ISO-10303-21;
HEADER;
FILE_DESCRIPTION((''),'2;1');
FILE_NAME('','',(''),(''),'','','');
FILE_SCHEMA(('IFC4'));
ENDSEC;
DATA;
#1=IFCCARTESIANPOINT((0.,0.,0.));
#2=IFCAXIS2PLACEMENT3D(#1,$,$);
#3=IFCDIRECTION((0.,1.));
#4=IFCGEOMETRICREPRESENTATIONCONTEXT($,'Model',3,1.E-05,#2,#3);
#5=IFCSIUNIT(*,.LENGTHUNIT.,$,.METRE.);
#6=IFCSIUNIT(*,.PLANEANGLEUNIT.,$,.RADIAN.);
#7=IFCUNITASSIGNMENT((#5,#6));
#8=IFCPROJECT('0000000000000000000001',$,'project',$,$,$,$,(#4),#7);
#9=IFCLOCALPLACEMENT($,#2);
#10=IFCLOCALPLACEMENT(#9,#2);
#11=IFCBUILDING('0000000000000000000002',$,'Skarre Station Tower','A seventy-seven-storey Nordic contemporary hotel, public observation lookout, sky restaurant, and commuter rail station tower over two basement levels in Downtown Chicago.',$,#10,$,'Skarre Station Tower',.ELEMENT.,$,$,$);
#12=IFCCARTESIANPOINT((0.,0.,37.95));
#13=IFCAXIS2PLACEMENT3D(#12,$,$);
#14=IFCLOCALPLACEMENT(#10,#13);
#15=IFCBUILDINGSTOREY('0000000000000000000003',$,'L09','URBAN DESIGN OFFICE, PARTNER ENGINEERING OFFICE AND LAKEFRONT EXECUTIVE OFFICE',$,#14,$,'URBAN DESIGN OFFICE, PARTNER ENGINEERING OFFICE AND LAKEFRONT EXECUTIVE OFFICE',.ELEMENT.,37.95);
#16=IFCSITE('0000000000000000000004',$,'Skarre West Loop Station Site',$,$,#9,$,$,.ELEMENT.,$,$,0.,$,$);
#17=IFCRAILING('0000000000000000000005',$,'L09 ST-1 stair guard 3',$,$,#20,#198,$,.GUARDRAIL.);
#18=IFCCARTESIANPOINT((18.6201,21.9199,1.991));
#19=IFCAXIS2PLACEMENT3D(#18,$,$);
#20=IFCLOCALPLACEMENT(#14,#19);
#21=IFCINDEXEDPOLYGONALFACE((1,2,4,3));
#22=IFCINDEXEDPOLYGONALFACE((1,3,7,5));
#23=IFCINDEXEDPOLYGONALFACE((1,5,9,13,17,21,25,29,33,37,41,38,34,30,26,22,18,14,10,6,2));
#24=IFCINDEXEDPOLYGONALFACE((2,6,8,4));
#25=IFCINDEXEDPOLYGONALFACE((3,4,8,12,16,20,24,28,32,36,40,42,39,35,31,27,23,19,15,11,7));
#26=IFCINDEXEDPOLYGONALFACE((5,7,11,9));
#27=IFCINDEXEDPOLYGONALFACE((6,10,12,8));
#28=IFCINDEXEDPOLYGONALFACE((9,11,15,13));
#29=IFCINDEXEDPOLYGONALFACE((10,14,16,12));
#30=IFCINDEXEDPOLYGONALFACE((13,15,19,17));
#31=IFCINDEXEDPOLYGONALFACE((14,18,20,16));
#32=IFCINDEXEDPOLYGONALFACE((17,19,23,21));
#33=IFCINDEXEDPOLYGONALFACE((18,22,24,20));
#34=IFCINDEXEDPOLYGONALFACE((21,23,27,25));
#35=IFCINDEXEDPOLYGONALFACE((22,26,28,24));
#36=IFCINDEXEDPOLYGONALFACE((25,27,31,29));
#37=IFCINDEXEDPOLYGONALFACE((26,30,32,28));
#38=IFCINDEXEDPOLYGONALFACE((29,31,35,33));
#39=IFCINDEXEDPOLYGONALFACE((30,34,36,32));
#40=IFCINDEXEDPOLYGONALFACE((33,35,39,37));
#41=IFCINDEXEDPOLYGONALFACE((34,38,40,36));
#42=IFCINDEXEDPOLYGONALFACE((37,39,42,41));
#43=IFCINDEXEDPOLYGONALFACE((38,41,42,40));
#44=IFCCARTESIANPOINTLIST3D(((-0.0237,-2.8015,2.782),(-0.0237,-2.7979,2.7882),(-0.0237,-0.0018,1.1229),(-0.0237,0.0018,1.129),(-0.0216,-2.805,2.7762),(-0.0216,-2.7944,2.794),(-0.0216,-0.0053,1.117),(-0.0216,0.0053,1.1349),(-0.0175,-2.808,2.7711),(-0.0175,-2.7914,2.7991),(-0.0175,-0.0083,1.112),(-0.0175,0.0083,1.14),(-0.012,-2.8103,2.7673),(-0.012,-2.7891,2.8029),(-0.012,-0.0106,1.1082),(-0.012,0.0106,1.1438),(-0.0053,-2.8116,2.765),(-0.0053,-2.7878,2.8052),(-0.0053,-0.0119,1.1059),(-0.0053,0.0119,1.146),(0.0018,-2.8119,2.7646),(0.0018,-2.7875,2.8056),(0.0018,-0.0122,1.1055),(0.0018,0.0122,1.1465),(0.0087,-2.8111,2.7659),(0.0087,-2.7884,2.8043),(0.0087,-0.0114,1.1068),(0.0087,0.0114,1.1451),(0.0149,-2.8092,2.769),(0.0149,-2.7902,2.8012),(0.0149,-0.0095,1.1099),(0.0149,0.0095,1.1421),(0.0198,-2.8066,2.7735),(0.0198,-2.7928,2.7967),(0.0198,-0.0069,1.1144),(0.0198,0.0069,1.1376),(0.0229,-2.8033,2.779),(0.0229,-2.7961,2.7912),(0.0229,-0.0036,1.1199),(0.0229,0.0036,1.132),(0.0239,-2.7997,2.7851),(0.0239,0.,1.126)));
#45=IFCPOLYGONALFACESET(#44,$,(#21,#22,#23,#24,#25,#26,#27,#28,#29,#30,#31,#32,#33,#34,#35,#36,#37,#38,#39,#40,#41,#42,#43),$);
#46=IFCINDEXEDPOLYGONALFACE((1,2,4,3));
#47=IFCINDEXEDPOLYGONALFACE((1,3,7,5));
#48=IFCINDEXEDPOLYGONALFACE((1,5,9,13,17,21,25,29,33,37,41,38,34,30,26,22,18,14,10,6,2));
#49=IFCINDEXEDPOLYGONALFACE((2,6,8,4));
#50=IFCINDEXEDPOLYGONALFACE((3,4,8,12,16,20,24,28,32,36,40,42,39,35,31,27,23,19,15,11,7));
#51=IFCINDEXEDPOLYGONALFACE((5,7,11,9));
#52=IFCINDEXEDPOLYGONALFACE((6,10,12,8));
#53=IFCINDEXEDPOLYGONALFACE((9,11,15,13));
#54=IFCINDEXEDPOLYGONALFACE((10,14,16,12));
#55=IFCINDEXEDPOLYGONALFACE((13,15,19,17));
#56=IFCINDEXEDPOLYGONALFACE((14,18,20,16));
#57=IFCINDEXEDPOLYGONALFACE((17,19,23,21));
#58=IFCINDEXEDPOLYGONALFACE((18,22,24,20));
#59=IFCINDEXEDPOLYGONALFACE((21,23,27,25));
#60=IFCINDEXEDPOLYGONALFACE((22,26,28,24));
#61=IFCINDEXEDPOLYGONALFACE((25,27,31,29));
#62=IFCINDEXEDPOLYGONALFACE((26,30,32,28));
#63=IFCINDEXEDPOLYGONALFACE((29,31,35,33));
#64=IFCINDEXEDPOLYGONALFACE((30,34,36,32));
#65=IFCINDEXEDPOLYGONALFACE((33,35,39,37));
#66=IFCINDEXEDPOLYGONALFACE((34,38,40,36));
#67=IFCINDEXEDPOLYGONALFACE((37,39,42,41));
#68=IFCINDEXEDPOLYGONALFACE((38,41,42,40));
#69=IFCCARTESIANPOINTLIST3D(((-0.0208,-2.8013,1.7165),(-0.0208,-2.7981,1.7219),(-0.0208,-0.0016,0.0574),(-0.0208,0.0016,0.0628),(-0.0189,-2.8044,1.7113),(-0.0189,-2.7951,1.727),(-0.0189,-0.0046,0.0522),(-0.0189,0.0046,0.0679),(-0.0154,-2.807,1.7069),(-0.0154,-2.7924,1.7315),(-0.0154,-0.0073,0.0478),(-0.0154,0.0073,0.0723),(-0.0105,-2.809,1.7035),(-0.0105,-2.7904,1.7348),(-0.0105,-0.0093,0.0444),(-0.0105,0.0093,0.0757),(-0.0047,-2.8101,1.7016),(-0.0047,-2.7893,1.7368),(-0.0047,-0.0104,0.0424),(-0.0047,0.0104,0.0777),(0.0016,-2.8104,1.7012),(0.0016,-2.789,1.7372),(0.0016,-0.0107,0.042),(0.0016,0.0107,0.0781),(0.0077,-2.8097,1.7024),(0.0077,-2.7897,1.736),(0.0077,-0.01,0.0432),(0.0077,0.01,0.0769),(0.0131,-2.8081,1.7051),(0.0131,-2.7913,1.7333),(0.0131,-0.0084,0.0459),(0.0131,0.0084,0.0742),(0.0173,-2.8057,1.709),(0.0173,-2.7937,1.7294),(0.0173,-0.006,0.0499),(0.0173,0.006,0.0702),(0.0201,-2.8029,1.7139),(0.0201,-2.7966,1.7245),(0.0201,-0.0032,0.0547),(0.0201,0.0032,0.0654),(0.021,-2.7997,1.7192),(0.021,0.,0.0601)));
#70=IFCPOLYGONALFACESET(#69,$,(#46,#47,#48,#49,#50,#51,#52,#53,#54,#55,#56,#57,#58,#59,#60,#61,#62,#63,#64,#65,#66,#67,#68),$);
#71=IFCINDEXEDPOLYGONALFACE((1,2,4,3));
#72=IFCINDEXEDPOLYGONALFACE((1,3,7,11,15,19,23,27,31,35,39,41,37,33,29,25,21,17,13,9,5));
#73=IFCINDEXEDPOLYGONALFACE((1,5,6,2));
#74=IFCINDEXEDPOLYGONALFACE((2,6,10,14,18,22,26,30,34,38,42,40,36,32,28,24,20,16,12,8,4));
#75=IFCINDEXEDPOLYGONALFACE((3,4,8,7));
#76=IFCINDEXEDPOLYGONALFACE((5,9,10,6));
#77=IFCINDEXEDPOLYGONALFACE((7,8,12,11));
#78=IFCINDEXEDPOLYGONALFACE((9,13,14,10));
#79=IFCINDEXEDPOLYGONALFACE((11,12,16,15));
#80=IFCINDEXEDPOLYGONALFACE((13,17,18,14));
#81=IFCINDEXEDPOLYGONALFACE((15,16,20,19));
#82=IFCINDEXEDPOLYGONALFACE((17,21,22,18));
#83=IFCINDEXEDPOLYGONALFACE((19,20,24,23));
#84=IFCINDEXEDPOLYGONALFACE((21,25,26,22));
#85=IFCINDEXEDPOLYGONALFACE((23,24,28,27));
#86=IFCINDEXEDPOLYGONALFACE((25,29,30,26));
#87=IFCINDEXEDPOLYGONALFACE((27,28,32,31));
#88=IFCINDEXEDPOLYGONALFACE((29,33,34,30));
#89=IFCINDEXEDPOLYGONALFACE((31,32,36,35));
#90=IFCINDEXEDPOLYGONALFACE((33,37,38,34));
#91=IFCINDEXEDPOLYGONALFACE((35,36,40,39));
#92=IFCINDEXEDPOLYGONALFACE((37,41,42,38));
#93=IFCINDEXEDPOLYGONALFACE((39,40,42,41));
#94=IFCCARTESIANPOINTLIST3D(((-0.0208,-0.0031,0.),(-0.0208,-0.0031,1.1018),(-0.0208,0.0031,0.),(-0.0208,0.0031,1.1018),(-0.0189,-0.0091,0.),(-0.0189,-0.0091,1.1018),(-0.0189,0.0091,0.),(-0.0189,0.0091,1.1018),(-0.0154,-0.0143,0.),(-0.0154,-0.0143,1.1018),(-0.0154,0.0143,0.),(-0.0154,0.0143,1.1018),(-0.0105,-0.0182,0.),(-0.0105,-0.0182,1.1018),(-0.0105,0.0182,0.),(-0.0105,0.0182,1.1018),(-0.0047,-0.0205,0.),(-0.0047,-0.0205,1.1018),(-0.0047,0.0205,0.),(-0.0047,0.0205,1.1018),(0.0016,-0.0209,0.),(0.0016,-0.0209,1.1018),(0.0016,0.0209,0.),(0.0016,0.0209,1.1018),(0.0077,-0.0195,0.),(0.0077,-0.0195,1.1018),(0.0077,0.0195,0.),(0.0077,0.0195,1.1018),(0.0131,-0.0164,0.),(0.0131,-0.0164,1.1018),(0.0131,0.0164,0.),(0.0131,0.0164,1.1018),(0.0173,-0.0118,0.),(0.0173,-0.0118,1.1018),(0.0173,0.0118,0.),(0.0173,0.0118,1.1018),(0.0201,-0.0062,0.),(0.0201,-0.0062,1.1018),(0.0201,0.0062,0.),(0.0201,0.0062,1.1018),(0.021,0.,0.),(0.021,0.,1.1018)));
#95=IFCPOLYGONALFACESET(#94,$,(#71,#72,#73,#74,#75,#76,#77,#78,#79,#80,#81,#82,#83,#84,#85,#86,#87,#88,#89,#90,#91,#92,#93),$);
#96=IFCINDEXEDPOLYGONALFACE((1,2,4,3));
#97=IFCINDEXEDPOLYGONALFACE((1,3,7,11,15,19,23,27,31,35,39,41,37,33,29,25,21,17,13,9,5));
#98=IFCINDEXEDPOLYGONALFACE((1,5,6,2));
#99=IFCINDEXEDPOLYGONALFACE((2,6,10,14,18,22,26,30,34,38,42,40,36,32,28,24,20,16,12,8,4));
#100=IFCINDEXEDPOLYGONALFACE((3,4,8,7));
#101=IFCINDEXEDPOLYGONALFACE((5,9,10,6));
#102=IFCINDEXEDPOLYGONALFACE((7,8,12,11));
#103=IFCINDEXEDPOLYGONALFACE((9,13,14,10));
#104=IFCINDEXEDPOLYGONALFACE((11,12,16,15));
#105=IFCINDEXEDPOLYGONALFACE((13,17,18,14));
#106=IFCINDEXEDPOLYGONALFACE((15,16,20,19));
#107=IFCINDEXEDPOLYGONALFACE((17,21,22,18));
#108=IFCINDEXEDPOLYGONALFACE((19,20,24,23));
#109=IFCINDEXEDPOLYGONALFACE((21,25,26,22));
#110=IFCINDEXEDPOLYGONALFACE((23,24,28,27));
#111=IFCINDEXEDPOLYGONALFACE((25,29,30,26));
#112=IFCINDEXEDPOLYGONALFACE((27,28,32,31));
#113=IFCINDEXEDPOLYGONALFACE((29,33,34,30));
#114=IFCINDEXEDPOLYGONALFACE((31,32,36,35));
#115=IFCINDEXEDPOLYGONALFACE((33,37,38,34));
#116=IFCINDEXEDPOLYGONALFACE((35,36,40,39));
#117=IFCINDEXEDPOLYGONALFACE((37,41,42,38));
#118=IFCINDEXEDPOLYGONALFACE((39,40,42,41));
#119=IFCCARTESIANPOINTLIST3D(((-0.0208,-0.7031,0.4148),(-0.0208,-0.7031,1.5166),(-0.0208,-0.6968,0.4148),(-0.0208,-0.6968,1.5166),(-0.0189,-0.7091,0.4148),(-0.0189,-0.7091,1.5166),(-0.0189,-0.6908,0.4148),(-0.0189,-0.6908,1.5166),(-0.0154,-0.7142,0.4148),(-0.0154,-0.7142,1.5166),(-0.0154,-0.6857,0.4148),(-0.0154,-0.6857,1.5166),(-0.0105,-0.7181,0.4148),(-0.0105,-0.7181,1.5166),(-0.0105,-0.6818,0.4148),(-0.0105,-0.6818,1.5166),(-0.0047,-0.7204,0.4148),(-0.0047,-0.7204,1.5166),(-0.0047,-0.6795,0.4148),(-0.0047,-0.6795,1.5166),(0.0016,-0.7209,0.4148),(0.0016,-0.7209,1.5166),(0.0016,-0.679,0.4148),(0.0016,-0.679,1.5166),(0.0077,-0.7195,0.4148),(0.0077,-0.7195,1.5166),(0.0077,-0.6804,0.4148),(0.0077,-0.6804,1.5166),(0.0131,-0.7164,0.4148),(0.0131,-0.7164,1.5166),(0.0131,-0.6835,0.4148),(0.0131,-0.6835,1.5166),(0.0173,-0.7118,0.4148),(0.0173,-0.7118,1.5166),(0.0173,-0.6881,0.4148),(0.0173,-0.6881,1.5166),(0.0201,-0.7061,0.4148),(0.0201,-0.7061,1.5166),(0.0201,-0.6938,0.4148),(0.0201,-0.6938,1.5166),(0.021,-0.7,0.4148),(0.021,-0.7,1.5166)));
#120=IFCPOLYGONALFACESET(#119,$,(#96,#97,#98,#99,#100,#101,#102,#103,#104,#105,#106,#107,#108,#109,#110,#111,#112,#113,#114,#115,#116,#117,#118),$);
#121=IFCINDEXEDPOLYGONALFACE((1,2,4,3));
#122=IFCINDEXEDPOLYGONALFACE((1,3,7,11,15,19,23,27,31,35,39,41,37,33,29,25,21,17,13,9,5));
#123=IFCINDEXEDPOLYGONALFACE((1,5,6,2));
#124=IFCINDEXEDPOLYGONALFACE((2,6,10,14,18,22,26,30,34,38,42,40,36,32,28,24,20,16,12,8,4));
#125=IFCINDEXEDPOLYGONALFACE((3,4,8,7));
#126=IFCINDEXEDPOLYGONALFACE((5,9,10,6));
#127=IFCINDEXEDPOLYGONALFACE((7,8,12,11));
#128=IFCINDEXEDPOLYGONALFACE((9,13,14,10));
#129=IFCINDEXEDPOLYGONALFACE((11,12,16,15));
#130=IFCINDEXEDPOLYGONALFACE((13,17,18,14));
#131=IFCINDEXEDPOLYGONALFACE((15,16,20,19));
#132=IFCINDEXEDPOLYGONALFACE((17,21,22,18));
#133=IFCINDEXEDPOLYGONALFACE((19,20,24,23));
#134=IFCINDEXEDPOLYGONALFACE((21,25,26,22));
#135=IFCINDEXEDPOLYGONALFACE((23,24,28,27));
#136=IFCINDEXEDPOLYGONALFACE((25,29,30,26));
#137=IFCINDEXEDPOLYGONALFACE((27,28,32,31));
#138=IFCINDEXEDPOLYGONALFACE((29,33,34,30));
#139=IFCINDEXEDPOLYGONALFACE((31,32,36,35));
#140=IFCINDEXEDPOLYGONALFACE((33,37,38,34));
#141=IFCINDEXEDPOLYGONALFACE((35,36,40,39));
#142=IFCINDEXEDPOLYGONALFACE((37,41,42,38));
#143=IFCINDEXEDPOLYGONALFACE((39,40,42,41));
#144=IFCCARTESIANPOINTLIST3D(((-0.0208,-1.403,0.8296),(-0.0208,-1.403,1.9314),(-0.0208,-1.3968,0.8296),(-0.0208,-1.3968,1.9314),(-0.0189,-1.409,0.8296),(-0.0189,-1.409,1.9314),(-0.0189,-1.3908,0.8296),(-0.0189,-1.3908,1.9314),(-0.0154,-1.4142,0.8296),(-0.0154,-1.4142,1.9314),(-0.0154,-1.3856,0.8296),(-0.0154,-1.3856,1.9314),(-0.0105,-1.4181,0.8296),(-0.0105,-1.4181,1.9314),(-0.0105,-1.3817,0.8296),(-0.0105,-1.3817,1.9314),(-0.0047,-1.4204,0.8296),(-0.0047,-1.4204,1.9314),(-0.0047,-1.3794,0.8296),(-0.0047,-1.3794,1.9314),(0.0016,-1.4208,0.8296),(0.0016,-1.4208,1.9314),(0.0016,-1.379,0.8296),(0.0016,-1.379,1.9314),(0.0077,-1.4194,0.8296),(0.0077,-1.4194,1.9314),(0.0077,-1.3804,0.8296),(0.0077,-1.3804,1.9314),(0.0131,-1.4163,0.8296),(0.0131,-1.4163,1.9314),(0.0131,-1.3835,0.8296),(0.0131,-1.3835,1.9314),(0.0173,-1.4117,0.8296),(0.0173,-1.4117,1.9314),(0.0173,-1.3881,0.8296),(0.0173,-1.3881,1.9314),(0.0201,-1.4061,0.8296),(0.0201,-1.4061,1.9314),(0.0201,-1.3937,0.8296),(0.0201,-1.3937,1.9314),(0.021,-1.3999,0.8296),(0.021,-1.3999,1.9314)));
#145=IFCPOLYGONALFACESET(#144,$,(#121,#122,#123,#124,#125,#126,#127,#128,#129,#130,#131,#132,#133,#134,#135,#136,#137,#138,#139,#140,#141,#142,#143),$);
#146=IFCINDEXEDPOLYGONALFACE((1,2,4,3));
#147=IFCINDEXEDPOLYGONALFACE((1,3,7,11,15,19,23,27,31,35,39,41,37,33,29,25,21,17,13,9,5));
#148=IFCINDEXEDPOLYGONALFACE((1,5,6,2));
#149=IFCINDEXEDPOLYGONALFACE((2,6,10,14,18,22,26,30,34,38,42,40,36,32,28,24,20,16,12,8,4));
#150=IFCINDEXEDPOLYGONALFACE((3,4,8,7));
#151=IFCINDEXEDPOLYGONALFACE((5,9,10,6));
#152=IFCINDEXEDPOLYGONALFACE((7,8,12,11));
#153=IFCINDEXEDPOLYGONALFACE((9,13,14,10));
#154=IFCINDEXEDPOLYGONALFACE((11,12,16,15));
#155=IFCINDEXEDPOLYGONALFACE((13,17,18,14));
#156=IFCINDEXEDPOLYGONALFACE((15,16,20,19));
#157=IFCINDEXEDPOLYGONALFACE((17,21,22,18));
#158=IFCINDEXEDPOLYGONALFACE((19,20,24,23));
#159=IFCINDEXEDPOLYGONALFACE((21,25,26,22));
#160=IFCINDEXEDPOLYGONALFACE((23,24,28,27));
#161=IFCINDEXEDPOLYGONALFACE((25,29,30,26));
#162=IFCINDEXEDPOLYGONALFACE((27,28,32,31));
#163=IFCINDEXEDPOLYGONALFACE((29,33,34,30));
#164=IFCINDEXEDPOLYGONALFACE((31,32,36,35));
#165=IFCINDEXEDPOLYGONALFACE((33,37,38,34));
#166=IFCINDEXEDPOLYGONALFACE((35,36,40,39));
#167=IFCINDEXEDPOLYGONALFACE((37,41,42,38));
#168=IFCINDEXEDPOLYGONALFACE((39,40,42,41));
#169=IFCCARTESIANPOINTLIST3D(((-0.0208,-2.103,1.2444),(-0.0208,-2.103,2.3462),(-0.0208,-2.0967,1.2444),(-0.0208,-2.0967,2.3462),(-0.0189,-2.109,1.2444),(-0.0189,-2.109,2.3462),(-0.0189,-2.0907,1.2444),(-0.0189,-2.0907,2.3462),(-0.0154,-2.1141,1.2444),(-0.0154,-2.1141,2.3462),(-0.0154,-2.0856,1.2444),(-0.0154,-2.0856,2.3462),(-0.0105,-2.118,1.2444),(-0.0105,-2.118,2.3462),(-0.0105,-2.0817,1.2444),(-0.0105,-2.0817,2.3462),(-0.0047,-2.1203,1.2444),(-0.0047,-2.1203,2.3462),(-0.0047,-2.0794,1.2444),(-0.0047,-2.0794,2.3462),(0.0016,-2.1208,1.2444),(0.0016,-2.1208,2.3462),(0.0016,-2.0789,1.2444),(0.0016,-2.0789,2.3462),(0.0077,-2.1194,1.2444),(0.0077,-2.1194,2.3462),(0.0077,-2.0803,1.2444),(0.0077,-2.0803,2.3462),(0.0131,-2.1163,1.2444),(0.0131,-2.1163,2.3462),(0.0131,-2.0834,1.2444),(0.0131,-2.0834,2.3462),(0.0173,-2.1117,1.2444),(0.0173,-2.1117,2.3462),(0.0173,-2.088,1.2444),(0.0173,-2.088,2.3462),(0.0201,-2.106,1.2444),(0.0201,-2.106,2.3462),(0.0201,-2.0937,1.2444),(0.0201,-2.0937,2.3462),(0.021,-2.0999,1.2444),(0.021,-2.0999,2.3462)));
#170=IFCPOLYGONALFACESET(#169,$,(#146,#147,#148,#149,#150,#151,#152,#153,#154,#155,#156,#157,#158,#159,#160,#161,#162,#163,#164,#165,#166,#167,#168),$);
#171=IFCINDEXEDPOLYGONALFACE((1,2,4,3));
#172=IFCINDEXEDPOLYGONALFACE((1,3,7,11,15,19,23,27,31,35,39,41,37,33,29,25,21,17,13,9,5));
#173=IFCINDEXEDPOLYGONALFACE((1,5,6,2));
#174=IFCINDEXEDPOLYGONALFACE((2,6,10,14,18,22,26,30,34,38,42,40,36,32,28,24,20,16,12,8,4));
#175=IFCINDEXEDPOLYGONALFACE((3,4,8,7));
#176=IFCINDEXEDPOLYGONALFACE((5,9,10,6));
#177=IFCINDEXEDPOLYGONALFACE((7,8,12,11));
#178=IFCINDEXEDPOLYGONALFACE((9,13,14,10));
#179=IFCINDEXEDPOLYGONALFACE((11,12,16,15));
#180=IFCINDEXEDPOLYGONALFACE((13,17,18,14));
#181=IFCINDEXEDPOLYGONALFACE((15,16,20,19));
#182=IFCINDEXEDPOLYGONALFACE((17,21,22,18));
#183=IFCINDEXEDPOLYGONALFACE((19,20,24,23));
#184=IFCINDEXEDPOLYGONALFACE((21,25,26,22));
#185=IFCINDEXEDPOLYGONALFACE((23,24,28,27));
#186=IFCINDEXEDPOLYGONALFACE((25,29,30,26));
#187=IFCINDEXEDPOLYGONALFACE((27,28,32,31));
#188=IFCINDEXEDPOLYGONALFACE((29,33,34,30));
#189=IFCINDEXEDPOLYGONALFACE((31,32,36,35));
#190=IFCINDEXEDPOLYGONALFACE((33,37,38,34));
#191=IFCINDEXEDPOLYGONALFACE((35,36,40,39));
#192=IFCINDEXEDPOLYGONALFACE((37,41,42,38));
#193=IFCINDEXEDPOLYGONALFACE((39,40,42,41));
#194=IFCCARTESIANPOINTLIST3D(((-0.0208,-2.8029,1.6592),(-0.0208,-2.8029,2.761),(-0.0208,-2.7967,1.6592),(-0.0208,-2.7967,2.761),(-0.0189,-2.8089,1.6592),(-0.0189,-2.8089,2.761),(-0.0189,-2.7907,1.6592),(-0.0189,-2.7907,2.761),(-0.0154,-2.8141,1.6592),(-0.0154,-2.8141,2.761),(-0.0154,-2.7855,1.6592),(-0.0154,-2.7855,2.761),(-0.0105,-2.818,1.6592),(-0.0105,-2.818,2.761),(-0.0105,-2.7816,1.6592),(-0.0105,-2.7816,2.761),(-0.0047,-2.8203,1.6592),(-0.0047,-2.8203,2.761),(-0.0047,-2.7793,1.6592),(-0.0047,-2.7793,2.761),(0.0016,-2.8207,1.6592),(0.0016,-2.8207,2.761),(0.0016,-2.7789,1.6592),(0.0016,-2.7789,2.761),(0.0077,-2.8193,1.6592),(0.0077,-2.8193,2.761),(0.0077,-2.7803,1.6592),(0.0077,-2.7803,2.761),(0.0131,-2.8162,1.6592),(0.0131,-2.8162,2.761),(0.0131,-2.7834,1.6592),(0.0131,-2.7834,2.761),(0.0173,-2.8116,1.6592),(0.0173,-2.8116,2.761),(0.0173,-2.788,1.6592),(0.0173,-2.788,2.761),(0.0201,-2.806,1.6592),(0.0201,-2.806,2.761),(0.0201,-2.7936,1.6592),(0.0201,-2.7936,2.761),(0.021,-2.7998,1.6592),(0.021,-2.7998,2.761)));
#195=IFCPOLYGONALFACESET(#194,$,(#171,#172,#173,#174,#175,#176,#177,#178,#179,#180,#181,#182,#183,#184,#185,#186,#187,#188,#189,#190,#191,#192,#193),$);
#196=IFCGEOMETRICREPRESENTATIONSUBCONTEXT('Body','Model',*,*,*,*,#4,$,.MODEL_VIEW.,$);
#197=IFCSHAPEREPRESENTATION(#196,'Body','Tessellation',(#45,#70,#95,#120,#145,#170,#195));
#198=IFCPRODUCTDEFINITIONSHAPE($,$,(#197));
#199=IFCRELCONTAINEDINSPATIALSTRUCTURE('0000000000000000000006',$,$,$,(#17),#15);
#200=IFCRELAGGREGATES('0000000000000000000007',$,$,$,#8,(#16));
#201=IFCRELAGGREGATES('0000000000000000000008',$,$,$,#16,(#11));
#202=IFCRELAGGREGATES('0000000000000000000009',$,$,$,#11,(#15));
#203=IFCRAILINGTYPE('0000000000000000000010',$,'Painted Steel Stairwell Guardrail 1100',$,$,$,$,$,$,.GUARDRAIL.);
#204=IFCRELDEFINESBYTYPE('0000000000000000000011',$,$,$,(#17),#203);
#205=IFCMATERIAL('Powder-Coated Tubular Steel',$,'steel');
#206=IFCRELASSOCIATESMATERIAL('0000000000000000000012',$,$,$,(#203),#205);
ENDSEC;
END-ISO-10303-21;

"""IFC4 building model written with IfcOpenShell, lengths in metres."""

from ifc_helpers import new_model, si_unit, direction, frame, origin, origin_2d, place, context, subcontext, project, spatial, circle, extrude, material, type_object, element, save


model = new_model("IFC4")

# Units and contexts
model_context = context("Model", 3, precision=1e-05, world=origin(), true_north=direction((0.0, 1.0)))
body_context = subcontext(model_context, "Body", "Model", "MODEL_VIEW")
ifc_project = project(units=[si_unit("LENGTHUNIT", "METRE"), si_unit("PLANEANGLEUNIT", "RADIAN")], contexts=[model_context])

# Site, building, storey
site_placement = place(None, origin())
site = spatial("IfcSite", under=ifc_project, at=site_placement, Name="Skarre West Loop Station Site", CompositionType="ELEMENT", RefElevation=0.0)
building_placement = place(site_placement, origin())
building = spatial("IfcBuilding", under=site, at=building_placement, Name="Skarre Station Tower", Description="A seventy-seven-storey Nordic contemporary hotel, public observation lookout, sky restaurant, and commuter rail station tower over two basement levels in Downtown Chicago.", LongName="Skarre Station Tower", CompositionType="ELEMENT")
storey_placement = place(building_placement, frame((0.0, 0.0, 37.95)))
storey = spatial("IfcBuildingStorey", under=building, at=storey_placement, Name="L09", Description="URBAN DESIGN OFFICE, PARTNER ENGINEERING OFFICE AND LAKEFRONT EXECUTIVE OFFICE", LongName="URBAN DESIGN OFFICE, PARTNER ENGINEERING OFFICE AND LAKEFRONT EXECUTIVE OFFICE", CompositionType="ELEMENT", Elevation=37.95)

# Railing
ifc_material_1 = material(Name="Powder-Coated Tubular Steel", Category="steel")
railing_type_1 = type_object("IfcRailingType", Name="Painted Steel Stairwell Guardrail 1100", PredefinedType="GUARDRAIL", material=ifc_material_1)
railing_1_placement = place(storey_placement, frame((18.6201, 21.9199, 1.991)))
element("IfcRailing", 1, at=railing_1_placement, inside=storey, type_object=railing_type_1, Name="L09 ST-1 stair guard 3", PredefinedType="GUARDRAIL", context=body_context, shape_type="SweptSolid", body=[
    extrude(circle(Radius=0.0239, at=origin_2d()), frame((0.0, 0.0, 1.126), z_axis=(0.0, -0.860287, 0.509811), x_axis=(1.0, 0.0, 0.0)), (0.0, 0.0, 1.0), 3.2544),
    extrude(circle(Radius=0.021, at=origin_2d()), frame((0.0, 0.0, 0.0601), z_axis=(0.0, -0.860287, 0.509811), x_axis=(1.0, 0.0, 0.0)), (0.0, 0.0, 1.0), 3.2544),
    extrude(circle(Radius=0.021, at=origin_2d()), origin(), (0.0, 0.0, 1.0), 1.1018),
    extrude(circle(Radius=0.021, at=origin_2d()), frame((0.0, -0.7, 0.4148)), (0.0, 0.0, 1.0), 1.1018),
    extrude(circle(Radius=0.021, at=origin_2d()), frame((0.0, -1.3999, 0.8296)), (0.0, 0.0, 1.0), 1.1018),
    extrude(circle(Radius=0.021, at=origin_2d()), frame((0.0, -2.0999, 1.2444)), (0.0, 0.0, 1.0), 1.1018),
    extrude(circle(Radius=0.021, at=origin_2d()), frame((0.0, -2.7998, 1.6592)), (0.0, 0.0, 1.0), 1.1018),
])

save(model, "model.ifc")
